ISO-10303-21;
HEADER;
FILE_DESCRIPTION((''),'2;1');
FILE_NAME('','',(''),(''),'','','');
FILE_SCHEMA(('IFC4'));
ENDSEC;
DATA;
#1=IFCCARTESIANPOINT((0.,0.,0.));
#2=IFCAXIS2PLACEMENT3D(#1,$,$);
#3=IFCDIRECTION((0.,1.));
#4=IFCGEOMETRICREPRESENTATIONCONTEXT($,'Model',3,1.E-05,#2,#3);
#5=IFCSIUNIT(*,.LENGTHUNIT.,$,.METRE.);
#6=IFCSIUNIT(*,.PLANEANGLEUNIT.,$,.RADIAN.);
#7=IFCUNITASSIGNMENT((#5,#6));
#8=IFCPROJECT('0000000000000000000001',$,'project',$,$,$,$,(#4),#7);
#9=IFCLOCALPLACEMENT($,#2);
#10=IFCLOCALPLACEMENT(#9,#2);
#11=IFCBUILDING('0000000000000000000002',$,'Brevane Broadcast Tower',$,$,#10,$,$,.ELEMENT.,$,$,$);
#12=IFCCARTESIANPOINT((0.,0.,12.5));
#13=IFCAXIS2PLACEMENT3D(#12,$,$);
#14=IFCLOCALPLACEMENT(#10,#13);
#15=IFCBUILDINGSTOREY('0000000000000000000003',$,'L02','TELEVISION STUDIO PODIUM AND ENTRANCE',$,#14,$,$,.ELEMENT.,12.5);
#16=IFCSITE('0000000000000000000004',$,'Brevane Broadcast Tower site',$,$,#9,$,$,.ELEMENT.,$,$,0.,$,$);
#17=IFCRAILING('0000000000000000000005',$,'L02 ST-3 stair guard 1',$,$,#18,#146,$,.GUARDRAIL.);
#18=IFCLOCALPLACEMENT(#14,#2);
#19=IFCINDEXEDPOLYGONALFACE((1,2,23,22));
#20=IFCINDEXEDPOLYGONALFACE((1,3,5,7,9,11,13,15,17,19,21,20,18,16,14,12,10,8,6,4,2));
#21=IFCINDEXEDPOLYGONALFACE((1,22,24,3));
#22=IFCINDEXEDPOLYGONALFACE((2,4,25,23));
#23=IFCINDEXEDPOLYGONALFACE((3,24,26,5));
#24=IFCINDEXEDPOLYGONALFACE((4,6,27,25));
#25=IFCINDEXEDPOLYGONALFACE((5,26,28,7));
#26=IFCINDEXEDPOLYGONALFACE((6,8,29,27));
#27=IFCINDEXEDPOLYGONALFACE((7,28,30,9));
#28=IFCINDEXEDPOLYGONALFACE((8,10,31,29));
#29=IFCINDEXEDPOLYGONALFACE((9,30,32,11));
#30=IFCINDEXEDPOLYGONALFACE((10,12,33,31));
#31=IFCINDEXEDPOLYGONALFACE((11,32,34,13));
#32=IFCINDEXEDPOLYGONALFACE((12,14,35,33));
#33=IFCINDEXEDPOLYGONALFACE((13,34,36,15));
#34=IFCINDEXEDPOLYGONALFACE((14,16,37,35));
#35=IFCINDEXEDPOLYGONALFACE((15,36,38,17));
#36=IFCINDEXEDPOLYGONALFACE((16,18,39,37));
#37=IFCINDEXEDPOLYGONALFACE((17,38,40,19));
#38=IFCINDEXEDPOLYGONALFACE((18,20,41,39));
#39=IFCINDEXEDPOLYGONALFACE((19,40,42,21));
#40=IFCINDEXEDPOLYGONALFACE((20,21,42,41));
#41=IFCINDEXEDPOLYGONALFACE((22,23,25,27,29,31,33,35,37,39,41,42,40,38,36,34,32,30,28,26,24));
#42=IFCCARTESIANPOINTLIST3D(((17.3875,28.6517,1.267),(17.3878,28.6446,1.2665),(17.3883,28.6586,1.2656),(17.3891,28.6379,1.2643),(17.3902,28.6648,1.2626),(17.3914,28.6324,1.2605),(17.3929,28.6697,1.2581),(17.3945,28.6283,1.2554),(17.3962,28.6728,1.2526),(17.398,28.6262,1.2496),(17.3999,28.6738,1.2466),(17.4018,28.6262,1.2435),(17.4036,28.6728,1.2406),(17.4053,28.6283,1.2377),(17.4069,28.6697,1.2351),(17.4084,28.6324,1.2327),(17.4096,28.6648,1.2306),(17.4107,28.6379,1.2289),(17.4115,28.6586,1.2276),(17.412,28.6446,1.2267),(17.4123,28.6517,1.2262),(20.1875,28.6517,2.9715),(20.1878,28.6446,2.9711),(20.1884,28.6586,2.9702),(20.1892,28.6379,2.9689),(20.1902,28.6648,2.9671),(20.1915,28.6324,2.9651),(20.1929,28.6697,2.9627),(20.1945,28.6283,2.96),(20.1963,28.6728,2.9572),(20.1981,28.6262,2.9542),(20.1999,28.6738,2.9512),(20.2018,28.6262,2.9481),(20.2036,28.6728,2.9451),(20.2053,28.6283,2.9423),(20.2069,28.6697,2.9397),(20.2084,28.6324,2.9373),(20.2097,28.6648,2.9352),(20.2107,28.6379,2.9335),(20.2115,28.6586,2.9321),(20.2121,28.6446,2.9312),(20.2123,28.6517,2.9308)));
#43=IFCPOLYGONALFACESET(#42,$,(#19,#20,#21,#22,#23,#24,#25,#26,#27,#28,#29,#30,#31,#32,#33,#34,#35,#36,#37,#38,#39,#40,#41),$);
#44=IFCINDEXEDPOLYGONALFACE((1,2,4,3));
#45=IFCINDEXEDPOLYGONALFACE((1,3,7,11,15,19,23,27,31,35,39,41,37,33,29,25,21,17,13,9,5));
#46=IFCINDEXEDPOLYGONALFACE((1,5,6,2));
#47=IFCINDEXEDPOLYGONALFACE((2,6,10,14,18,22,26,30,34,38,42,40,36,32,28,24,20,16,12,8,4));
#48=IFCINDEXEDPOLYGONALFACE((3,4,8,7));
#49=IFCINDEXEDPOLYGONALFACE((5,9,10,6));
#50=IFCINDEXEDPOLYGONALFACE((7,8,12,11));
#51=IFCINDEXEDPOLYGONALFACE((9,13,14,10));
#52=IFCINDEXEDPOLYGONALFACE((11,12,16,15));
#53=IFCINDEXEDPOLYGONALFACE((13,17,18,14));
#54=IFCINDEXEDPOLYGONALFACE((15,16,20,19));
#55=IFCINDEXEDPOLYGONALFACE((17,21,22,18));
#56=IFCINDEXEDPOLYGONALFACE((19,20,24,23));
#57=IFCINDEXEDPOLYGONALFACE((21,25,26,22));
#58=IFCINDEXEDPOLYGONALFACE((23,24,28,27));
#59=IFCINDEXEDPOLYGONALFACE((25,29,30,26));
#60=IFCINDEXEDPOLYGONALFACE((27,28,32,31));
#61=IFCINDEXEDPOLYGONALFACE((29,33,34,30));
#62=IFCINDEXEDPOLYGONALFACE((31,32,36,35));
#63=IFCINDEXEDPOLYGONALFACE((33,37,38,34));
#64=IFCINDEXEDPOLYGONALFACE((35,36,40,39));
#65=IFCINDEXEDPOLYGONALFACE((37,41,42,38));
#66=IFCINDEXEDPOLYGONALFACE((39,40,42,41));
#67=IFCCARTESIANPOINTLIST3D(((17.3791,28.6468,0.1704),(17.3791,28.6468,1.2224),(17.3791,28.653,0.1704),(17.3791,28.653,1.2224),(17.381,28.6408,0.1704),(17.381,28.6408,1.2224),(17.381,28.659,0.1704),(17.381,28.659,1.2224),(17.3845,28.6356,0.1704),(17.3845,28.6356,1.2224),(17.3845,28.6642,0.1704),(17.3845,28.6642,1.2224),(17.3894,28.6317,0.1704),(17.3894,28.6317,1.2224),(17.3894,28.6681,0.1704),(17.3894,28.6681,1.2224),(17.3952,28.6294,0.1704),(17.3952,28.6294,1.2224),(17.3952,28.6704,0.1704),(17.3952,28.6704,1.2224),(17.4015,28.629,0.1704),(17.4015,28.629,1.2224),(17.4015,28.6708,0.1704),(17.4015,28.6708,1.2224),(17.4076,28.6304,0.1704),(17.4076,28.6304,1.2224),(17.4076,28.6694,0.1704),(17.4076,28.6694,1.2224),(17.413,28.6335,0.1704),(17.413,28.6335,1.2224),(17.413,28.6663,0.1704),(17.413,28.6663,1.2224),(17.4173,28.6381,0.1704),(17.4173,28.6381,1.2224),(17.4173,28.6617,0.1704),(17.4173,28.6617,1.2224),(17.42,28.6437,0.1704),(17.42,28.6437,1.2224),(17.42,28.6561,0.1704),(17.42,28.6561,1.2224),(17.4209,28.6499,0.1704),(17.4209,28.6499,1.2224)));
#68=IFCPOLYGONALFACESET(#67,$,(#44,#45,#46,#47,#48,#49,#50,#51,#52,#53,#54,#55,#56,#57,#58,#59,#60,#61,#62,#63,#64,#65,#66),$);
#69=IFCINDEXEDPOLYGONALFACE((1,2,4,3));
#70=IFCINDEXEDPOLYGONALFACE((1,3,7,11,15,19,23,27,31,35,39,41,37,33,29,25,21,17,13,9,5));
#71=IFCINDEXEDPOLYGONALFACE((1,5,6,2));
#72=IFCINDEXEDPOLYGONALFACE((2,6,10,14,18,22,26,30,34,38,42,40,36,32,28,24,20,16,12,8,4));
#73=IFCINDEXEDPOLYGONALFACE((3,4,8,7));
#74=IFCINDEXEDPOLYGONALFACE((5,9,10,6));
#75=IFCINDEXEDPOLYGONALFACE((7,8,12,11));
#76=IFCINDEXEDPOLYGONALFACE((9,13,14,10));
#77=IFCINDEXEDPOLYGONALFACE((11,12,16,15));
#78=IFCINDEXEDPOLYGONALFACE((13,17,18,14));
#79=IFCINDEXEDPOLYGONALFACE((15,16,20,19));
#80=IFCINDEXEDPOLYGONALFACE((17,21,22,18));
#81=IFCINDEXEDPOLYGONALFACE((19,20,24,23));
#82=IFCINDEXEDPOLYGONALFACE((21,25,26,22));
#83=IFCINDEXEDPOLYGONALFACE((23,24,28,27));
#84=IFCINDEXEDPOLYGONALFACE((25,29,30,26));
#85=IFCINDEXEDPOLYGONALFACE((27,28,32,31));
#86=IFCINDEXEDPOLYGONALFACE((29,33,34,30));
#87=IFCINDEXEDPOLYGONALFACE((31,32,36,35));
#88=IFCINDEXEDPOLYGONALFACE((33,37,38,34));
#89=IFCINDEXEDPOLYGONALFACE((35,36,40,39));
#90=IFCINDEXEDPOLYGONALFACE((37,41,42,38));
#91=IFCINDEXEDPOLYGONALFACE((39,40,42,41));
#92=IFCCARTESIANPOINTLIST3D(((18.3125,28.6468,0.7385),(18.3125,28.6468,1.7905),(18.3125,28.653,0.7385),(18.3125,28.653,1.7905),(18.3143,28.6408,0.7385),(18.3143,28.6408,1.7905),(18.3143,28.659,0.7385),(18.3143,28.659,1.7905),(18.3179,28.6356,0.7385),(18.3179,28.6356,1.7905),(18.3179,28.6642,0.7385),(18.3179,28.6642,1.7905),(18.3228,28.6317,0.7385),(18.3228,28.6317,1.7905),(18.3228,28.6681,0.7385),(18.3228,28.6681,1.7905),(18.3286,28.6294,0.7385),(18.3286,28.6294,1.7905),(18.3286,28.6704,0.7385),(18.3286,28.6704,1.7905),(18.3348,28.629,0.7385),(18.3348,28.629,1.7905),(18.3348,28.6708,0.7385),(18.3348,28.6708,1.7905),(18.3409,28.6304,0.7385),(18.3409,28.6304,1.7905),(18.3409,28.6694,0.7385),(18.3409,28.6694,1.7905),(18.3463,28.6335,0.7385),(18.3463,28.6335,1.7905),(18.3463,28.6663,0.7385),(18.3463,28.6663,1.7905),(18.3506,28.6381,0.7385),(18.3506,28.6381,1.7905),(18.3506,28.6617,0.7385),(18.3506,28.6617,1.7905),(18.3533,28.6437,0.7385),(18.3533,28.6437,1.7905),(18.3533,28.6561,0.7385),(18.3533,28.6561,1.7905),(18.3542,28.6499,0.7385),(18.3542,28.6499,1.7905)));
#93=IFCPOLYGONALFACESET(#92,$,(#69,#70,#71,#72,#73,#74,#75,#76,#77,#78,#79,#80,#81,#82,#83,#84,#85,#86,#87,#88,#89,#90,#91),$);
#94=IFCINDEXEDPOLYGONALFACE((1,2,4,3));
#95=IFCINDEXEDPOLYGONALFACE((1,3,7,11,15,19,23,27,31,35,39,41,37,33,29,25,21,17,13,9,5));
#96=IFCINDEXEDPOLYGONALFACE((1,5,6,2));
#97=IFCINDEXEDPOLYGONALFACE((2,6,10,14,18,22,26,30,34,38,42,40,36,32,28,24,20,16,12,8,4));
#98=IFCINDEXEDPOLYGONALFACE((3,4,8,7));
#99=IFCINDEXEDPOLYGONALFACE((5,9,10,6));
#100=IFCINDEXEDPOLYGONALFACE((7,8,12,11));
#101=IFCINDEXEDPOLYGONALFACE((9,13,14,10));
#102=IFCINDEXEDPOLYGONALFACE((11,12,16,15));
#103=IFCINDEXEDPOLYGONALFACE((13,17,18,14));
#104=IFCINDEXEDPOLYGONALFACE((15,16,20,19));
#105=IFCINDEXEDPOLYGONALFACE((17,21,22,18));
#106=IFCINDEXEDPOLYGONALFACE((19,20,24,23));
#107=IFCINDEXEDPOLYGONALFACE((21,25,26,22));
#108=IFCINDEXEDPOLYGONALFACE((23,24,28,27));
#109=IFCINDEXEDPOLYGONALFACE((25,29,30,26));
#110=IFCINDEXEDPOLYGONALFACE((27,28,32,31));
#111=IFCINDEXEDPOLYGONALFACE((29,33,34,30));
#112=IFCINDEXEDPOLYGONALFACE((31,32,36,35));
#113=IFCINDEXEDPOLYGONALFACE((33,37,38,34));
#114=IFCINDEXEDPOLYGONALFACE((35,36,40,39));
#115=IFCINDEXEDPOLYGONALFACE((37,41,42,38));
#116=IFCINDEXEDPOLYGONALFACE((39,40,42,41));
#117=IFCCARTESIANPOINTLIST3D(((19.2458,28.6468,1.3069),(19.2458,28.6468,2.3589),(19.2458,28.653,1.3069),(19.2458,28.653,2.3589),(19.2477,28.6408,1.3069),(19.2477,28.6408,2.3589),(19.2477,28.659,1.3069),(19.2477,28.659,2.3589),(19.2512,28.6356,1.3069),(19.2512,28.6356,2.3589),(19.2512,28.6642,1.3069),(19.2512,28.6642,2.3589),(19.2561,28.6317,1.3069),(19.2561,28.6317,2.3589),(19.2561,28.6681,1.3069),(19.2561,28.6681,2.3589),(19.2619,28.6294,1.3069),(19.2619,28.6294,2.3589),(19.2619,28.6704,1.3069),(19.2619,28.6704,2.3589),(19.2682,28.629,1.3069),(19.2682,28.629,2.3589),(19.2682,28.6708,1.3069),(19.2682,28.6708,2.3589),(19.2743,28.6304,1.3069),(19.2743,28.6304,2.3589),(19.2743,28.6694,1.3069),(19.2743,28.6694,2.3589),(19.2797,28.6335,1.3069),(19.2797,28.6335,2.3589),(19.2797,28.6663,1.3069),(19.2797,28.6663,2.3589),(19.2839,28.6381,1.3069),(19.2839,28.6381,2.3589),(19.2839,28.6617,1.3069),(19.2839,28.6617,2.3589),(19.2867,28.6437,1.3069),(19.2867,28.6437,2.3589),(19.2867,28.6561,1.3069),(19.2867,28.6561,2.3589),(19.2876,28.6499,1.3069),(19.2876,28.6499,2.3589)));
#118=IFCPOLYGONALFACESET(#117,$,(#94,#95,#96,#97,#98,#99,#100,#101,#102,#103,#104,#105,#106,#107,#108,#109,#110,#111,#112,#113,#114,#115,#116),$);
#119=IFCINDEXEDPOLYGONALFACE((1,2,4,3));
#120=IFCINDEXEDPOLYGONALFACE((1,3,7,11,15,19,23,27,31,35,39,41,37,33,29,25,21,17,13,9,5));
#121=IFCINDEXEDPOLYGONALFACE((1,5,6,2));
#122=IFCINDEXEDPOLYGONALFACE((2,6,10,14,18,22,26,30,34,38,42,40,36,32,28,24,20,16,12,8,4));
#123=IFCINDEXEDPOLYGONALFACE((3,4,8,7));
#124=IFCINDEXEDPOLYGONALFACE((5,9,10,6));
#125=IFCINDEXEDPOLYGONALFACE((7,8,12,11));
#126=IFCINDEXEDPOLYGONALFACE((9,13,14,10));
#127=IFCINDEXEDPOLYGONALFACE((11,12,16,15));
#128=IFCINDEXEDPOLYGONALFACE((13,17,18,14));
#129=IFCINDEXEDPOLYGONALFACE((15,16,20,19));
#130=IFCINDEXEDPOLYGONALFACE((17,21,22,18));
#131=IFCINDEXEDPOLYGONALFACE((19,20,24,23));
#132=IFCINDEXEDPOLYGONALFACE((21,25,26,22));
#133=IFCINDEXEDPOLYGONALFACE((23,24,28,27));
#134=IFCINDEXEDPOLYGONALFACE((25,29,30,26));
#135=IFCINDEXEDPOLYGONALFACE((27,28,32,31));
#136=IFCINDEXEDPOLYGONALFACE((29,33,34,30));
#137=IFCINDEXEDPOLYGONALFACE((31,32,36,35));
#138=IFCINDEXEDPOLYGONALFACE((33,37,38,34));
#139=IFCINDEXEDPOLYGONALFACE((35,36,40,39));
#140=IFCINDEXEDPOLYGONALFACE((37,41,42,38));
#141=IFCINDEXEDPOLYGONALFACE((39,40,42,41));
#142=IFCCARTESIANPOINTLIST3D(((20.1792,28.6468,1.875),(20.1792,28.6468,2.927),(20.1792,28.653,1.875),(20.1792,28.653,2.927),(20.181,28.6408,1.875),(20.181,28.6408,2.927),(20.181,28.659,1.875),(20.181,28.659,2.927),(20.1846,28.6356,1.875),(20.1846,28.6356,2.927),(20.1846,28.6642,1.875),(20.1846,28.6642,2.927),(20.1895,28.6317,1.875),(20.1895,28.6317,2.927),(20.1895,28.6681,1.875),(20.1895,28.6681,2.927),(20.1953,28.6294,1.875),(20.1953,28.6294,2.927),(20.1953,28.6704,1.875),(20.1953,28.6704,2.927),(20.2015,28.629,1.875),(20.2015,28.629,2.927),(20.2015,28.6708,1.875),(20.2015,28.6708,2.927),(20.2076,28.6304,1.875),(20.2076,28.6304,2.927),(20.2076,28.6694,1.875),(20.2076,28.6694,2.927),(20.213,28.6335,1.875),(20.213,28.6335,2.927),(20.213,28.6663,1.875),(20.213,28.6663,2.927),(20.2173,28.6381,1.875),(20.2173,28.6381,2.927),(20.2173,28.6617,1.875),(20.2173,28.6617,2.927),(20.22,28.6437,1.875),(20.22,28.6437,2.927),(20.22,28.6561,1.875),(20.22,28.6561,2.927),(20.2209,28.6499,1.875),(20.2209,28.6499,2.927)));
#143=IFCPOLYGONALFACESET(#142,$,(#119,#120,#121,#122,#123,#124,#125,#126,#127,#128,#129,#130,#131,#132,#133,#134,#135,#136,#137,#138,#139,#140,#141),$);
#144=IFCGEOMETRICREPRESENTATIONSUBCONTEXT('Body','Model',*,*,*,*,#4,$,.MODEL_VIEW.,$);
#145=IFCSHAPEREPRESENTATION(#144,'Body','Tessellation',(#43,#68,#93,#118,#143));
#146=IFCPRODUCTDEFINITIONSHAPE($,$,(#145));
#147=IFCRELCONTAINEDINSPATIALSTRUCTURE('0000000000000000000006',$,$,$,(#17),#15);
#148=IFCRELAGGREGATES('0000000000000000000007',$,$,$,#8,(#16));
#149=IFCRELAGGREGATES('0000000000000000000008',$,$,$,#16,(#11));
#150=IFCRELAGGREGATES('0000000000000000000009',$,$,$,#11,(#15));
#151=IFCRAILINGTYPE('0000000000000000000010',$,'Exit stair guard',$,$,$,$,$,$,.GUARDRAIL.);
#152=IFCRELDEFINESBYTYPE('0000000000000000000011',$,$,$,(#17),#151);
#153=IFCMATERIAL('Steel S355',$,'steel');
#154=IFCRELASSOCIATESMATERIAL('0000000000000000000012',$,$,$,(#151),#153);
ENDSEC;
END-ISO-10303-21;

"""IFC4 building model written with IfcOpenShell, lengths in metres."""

from ifc_helpers import new_model, si_unit, direction, frame, origin, origin_2d, place, context, subcontext, project, spatial, circle, extrude, material, type_object, element, save


model = new_model("IFC4")

# Units and contexts
model_context = context("Model", 3, precision=1e-05, world=origin(), true_north=direction((0.0, 1.0)))
body_context = subcontext(model_context, "Body", "Model", "MODEL_VIEW")
ifc_project = project(units=[si_unit("LENGTHUNIT", "METRE"), si_unit("PLANEANGLEUNIT", "RADIAN")], contexts=[model_context])

# Site, building, storey
site_placement = place(None, origin())
site = spatial("IfcSite", under=ifc_project, at=site_placement, Name="Brevane Broadcast Tower site", CompositionType="ELEMENT", RefElevation=0.0)
building_placement = place(site_placement, origin())
building = spatial("IfcBuilding", under=site, at=building_placement, Name="Brevane Broadcast Tower", CompositionType="ELEMENT")
storey_placement = place(building_placement, frame((0.0, 0.0, 12.5)))
storey = spatial("IfcBuildingStorey", under=building, at=storey_placement, Name="L02", Description="TELEVISION STUDIO PODIUM AND ENTRANCE", CompositionType="ELEMENT", Elevation=12.5)

# Railing
ifc_material_1 = material(Name="Steel S355", Category="steel")
railing_type_1 = type_object("IfcRailingType", Name="Exit stair guard", PredefinedType="GUARDRAIL", material=ifc_material_1)
railing_1_placement = place(storey_placement, frame((17.3999, 28.6499, 0.1704)))
element("IfcRailing", 1, at=railing_1_placement, inside=storey, type_object=railing_type_1, Name="L02 ST-3 stair guard 1", PredefinedType="GUARDRAIL", context=body_context, shape_type="SweptSolid", body=[
    extrude(circle(Radius=0.0239, at=origin_2d()), frame((0.0, 0.0, 1.0762), z_axis=(0.85417, 0.0, 0.519994), x_axis=(0.0, 1.0, 0.0)), (0.0, 0.0, 1.0), 3.2781),
    extrude(circle(Radius=0.021, at=origin_2d()), origin(), (0.0, 0.0, 1.0), 1.052),
    extrude(circle(Radius=0.021, at=origin_2d()), frame((0.9333, 0.0, 0.5681)), (0.0, 0.0, 1.0), 1.052),
    extrude(circle(Radius=0.021, at=origin_2d()), frame((1.8667, 0.0, 1.1365)), (0.0, 0.0, 1.0), 1.052),
    extrude(circle(Radius=0.021, at=origin_2d()), frame((2.8, 0.0, 1.7046)), (0.0, 0.0, 1.0), 1.052),
])

save(model, "model.ifc")
